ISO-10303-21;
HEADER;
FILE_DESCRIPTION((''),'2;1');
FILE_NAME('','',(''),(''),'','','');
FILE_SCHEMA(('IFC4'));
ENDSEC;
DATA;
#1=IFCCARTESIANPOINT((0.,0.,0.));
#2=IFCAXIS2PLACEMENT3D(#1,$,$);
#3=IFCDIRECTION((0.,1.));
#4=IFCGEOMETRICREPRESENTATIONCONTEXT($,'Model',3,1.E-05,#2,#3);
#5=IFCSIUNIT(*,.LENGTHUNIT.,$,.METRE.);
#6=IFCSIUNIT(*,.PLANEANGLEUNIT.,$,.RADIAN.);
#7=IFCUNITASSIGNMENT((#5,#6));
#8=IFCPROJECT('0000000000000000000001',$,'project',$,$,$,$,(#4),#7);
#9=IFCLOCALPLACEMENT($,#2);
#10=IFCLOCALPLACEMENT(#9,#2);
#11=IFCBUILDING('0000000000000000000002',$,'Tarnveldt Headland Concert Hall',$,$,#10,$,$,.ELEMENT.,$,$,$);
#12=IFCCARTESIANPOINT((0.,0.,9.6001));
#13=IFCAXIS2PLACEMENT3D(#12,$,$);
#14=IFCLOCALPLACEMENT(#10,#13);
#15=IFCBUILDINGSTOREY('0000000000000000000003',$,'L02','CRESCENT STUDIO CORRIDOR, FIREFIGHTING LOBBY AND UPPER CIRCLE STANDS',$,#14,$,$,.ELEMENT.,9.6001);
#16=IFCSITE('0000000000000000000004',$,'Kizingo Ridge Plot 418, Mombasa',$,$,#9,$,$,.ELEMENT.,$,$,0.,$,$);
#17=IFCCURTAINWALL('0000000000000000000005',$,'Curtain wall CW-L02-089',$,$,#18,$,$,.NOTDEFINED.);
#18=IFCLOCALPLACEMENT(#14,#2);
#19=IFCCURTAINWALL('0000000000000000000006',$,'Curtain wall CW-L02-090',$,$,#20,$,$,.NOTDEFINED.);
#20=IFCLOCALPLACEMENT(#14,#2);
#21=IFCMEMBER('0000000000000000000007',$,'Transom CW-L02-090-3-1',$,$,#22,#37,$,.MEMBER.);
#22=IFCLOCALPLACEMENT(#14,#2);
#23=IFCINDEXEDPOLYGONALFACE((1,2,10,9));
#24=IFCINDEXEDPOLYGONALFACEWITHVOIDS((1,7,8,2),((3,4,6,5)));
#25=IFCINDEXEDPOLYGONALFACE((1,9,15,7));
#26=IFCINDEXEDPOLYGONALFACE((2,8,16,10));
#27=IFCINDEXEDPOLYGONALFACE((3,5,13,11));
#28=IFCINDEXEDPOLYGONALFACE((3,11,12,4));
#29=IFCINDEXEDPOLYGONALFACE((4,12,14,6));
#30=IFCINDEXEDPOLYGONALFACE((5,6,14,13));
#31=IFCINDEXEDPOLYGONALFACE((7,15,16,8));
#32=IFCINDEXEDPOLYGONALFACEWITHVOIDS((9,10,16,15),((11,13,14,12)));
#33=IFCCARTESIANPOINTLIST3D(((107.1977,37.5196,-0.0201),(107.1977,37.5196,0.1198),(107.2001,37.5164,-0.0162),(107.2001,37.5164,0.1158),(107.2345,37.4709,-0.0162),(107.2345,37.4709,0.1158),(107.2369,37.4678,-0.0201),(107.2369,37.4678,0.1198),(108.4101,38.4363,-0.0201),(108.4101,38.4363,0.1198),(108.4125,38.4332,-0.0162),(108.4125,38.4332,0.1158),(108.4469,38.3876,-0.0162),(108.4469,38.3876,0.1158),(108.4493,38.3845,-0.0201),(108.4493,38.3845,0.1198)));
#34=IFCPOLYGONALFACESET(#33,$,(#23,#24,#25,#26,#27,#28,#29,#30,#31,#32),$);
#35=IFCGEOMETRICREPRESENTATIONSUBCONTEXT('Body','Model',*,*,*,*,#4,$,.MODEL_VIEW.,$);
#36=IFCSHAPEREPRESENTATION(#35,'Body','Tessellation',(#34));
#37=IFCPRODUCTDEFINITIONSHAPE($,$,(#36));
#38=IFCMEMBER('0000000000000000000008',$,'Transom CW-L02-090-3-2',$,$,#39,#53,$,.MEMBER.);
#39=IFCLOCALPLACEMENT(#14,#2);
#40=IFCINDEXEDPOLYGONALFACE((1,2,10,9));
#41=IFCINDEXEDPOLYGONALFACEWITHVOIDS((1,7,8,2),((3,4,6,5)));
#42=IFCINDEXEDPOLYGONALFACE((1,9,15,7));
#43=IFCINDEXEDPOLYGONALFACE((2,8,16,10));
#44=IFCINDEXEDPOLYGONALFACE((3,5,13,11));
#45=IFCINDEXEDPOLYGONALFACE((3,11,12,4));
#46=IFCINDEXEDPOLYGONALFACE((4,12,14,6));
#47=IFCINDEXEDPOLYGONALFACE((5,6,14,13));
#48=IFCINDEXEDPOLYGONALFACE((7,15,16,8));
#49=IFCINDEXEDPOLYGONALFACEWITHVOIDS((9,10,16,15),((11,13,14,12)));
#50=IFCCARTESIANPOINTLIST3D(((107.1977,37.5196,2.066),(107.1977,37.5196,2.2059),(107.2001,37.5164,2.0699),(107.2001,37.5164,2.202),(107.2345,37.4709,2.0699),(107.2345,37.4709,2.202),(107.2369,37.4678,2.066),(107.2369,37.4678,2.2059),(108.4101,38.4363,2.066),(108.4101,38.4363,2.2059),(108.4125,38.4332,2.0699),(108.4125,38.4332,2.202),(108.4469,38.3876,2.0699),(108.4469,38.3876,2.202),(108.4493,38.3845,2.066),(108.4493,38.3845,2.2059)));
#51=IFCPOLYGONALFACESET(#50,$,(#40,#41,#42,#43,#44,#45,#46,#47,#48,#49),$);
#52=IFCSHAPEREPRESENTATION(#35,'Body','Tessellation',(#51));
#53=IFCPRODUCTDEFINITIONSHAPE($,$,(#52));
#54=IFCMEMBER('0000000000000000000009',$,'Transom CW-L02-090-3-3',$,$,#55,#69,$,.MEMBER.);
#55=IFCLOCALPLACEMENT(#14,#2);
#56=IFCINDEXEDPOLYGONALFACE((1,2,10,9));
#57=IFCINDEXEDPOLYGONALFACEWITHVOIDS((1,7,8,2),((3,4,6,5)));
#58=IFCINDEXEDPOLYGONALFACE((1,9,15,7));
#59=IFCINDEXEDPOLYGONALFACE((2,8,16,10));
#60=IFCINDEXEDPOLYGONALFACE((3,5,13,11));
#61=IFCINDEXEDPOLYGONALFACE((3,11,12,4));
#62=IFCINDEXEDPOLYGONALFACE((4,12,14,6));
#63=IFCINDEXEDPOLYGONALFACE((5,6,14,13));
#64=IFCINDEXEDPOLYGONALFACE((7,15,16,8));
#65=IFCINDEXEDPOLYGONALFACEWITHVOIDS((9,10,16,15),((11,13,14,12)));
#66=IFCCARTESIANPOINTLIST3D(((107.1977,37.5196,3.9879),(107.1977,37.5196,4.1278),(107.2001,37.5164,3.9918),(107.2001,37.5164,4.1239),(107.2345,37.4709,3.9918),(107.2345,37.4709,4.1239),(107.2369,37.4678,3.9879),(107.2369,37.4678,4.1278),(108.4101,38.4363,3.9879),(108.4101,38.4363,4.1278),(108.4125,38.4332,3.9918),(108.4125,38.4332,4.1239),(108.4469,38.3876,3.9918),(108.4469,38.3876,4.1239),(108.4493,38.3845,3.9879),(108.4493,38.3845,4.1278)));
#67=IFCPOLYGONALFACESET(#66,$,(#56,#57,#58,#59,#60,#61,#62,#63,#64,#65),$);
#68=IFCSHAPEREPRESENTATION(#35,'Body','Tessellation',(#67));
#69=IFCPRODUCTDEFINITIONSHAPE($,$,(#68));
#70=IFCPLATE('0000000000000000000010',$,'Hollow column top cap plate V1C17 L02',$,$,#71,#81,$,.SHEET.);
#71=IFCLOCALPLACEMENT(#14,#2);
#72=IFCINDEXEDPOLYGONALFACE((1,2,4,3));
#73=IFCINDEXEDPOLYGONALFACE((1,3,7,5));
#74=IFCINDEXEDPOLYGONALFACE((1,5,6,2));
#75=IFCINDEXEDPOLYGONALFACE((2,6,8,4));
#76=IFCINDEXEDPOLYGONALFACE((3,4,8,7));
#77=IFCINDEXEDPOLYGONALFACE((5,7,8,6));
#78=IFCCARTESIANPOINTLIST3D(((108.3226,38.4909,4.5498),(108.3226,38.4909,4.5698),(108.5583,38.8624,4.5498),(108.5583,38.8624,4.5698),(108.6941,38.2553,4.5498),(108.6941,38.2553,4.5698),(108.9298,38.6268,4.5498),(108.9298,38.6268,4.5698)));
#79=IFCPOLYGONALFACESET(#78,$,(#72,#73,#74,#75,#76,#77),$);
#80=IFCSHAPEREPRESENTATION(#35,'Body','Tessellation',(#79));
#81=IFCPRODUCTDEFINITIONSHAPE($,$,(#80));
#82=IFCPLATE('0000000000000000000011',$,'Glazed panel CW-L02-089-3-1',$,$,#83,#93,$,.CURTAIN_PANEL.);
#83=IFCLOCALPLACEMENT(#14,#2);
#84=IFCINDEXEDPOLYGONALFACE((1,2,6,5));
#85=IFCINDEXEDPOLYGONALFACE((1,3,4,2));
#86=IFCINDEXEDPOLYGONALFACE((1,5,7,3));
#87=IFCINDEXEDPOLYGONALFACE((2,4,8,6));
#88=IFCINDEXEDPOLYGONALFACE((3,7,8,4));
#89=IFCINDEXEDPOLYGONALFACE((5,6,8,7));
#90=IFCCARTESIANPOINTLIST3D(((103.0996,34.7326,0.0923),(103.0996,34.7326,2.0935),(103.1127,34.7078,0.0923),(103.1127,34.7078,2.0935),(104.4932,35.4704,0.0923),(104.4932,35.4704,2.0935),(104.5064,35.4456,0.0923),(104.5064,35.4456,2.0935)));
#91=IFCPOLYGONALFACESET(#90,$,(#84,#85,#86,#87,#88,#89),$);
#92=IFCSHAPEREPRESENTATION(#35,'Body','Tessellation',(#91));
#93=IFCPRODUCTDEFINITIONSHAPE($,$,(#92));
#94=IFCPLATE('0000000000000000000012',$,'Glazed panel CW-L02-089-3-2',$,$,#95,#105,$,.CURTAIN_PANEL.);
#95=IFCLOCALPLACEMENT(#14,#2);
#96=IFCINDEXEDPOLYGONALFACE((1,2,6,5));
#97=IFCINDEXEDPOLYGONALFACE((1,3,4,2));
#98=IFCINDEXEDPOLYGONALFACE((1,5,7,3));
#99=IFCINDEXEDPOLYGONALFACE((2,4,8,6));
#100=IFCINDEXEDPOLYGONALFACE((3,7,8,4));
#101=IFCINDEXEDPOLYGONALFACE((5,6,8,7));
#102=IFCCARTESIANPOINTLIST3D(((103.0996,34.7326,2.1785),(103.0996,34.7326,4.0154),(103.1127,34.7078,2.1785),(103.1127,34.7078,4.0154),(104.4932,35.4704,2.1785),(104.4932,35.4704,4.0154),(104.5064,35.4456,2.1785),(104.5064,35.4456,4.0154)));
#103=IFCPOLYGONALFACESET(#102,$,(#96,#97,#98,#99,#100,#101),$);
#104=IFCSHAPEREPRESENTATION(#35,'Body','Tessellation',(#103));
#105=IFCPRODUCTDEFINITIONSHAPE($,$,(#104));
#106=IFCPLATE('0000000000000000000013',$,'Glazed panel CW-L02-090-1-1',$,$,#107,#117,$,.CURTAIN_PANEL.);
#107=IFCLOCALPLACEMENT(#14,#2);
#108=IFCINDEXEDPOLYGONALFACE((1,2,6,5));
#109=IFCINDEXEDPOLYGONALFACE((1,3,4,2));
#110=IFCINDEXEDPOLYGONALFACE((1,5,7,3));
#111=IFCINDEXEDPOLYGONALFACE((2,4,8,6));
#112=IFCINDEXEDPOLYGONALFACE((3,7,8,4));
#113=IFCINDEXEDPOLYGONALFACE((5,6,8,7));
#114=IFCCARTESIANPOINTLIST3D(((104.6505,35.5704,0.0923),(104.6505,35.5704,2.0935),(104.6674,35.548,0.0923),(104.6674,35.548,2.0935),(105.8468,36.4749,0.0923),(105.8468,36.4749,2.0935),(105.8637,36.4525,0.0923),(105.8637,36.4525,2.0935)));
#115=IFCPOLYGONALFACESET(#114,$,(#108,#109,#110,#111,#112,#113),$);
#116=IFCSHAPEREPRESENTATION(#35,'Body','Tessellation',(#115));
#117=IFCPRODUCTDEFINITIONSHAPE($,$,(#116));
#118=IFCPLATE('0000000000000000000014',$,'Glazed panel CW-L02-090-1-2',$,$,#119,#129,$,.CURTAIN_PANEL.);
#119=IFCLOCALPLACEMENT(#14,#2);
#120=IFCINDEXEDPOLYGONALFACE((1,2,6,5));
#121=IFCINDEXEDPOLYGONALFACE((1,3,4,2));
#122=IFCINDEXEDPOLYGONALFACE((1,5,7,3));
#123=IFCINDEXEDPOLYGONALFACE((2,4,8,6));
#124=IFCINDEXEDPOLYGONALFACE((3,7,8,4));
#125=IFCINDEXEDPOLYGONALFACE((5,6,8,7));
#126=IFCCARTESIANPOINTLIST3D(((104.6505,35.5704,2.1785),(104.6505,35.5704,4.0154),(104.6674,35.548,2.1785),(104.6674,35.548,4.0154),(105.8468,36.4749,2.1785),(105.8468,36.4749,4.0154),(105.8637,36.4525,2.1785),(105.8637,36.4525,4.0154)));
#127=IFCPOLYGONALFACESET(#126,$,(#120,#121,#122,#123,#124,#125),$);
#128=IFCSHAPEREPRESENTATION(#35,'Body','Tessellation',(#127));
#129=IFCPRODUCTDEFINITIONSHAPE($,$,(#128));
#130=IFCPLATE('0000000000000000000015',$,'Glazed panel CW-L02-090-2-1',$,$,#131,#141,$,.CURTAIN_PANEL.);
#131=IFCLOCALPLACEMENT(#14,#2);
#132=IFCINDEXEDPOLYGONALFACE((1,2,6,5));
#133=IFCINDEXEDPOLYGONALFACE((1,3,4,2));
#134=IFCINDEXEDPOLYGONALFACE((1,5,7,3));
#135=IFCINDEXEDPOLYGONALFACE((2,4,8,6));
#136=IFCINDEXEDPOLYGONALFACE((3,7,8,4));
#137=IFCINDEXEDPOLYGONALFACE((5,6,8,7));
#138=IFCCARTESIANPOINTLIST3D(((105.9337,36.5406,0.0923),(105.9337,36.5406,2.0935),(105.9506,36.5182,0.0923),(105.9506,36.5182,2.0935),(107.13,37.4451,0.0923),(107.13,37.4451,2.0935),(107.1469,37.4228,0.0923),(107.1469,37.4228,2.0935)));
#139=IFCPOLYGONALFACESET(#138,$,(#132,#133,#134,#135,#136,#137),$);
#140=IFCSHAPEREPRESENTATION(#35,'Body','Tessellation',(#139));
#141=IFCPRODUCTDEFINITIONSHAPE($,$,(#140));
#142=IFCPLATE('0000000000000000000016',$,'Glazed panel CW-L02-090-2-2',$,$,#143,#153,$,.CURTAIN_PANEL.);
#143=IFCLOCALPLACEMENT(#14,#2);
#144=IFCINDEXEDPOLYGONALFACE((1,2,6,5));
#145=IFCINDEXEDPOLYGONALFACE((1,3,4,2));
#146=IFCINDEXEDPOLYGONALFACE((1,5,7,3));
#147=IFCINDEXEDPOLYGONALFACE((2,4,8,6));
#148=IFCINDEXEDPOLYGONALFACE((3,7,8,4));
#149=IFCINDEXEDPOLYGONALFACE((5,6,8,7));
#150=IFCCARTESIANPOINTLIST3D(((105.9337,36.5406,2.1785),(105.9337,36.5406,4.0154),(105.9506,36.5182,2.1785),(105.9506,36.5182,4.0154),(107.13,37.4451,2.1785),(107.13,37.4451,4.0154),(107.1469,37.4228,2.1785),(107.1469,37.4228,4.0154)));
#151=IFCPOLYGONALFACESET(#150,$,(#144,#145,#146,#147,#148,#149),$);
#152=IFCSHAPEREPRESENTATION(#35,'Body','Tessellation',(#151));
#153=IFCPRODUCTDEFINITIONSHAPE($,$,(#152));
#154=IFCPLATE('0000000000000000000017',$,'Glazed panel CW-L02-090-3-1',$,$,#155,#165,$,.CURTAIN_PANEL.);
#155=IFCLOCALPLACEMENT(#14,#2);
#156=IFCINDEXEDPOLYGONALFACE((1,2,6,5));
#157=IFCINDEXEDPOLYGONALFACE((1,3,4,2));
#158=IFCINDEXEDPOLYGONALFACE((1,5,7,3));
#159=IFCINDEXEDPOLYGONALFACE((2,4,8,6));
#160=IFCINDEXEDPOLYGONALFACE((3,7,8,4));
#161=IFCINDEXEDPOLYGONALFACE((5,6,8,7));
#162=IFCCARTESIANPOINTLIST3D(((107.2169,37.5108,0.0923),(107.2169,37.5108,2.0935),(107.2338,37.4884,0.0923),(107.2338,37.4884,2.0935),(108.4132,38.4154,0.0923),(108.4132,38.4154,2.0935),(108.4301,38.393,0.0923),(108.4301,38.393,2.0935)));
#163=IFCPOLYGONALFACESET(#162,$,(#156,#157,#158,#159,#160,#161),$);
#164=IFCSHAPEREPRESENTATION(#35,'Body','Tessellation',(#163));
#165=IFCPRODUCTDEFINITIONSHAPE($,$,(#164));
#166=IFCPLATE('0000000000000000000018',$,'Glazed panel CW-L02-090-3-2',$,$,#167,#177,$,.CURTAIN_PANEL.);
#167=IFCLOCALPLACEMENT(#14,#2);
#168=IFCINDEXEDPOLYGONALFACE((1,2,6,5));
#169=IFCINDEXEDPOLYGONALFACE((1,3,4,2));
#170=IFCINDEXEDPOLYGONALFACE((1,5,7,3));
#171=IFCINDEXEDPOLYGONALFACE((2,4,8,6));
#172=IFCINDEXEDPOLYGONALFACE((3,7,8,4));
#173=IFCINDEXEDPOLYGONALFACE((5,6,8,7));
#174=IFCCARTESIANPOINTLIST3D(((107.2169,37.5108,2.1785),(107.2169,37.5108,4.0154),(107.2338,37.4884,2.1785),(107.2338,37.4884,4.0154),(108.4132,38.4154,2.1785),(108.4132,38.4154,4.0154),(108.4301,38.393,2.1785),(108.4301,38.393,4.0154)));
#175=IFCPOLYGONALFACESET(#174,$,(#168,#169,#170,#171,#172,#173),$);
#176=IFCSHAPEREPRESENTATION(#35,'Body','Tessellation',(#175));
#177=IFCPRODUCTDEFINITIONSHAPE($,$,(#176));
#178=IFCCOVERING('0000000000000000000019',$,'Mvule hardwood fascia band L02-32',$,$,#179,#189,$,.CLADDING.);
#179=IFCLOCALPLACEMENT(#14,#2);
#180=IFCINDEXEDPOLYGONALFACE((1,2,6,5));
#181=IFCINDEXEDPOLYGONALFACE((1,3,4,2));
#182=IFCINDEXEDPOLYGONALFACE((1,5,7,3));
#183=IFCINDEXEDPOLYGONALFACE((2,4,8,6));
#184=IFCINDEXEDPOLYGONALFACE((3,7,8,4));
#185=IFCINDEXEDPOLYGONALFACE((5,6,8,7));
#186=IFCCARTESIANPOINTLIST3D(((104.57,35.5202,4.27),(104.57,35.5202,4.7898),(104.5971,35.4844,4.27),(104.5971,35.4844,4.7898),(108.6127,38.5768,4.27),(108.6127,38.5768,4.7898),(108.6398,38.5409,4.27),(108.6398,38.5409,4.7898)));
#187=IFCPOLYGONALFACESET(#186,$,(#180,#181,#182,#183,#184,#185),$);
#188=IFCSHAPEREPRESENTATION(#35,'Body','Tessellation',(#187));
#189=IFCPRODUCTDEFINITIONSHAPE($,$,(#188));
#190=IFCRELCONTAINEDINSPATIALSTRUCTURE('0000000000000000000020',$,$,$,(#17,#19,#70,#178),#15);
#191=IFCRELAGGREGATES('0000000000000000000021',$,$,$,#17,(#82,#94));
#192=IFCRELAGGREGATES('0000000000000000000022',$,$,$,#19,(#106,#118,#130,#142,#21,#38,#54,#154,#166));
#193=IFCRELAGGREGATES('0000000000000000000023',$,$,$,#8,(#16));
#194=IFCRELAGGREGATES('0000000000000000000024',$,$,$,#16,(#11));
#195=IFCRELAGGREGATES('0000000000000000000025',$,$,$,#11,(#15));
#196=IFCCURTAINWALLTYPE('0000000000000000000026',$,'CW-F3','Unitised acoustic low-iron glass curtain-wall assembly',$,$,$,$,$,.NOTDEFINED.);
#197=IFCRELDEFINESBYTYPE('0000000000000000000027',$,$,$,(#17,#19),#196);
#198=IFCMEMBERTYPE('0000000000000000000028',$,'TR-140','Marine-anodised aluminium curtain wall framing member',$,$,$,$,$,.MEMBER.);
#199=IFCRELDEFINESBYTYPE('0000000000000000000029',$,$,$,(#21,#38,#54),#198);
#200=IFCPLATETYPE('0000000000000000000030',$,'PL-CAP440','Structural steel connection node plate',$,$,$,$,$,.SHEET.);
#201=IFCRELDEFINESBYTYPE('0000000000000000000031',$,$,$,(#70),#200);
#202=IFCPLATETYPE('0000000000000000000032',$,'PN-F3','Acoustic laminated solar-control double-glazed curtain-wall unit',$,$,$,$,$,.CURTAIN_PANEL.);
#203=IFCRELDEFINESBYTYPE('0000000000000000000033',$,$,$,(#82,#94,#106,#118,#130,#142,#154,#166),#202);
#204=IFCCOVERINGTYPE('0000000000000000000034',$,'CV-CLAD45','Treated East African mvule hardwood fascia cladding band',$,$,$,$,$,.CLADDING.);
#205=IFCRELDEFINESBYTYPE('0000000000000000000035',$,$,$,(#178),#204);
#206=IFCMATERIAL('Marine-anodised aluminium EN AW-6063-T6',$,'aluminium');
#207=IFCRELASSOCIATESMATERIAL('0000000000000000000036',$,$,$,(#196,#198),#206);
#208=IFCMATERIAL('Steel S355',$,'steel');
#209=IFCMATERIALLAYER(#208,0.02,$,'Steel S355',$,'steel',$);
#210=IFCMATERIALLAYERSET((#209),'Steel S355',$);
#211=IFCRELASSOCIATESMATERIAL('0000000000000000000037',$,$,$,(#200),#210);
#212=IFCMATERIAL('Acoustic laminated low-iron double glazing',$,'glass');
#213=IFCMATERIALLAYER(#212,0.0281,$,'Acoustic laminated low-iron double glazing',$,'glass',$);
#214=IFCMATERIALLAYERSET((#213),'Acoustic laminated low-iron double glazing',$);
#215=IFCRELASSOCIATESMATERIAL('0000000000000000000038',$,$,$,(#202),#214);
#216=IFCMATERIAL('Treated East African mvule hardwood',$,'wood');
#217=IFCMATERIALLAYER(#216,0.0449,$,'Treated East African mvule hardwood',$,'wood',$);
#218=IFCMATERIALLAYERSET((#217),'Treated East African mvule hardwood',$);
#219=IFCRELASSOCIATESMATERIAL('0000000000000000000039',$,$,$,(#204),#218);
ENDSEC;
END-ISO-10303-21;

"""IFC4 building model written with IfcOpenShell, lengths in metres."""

from ifc_helpers import new_model, si_unit, direction, frame, frame_2d, origin, origin_2d, place, context, subcontext, project, spatial, rectangle, hollow_rectangle, extrude, material, layer, layer_set, material_profile, profile_set, type_object, element, aggregate, save


model = new_model("IFC4")

# Units and contexts
model_context = context("Model", 3, precision=1e-05, world=origin(), true_north=direction((0.0, 1.0)))
body_context = subcontext(model_context, "Body", "Model", "MODEL_VIEW")
ifc_project = project(units=[si_unit("LENGTHUNIT", "METRE"), si_unit("PLANEANGLEUNIT", "RADIAN")], contexts=[model_context])

# Site, building, storey
site_placement = place(None, origin())
site = spatial("IfcSite", under=ifc_project, at=site_placement, Name="Kizingo Ridge Plot 418, Mombasa", CompositionType="ELEMENT", RefElevation=0.0)
building_placement = place(site_placement, origin())
building = spatial("IfcBuilding", under=site, at=building_placement, Name="Tarnveldt Headland Concert Hall", CompositionType="ELEMENT")
storey_placement = place(building_placement, frame((0.0, 0.0, 9.6001)))
storey = spatial("IfcBuildingStorey", under=building, at=storey_placement, Name="L02", Description="CRESCENT STUDIO CORRIDOR, FIREFIGHTING LOBBY AND UPPER CIRCLE STANDS", CompositionType="ELEMENT", Elevation=9.6001)

# Shared definitions
ifc_material_1 = material(Name="Steel S355", Category="steel")

# Curtain wall
ifc_material_2 = material(Name="Marine-anodised aluminium EN AW-6063-T6", Category="aluminium")
curtain_wall_type = type_object("IfcCurtainWallType", Name="CW-F3", Description="Unitised acoustic low-iron glass curtain-wall assembly", PredefinedType="NOTDEFINED", material=ifc_material_2)
curtain_wall_1_placement = place(storey_placement, origin())
curtain_wall_1 = element("IfcCurtainWall", 1, at=curtain_wall_1_placement, inside=storey, type_object=curtain_wall_type, Name="Curtain wall CW-L02-089", PredefinedType="NOTDEFINED")

# Curtain wall
curtain_wall_2_placement = place(storey_placement, origin())
curtain_wall_2 = element("IfcCurtainWall", 2, at=curtain_wall_2_placement, inside=storey, type_object=curtain_wall_type, Name="Curtain wall CW-L02-090", PredefinedType="NOTDEFINED")

# Members
ifc_material_profile_1 = material_profile(ifc_material_2, hollow_rectangle(XDim=0.0649, YDim=0.1399, WallThickness=0.0039, at=origin_2d()), Name="ALU TRANSOM 65x140x4", Category="aluminium")
ifc_profile_set_1 = profile_set([ifc_material_profile_1], Name="Marine-anodised aluminium EN AW-6063-T6")
member_type_1 = type_object("IfcMemberType", Name="TR-140", Description="Marine-anodised aluminium curtain wall framing member", PredefinedType="MEMBER", material=ifc_profile_set_1)
member_1_placement = place(storey_placement, frame((107.2173, 37.4937, 0.0498), z_axis=(0.797642, 0.603131, 0.0), x_axis=(-0.603131, 0.797642, 0.0)))
member_1 = element("IfcMember", 3, at=member_1_placement, type_object=member_type_1, Name="Transom CW-L02-090-3-1", PredefinedType="MEMBER", context=body_context, shape_type="SweptSolid", body=[
    extrude(hollow_rectangle(XDim=0.0649, YDim=0.1399, WallThickness=0.0039, at=origin_2d()), origin(), (0.0, 0.0, 1.0), 1.52),
])
member_2_placement = place(storey_placement, frame((107.2173, 37.4937, 2.136), z_axis=(0.797642, 0.603131, 0.0), x_axis=(-0.603131, 0.797642, 0.0)))
member_2 = element("IfcMember", 4, at=member_2_placement, type_object=member_type_1, Name="Transom CW-L02-090-3-2", PredefinedType="MEMBER", context=body_context, shape_type="SweptSolid", body=[
    extrude(hollow_rectangle(XDim=0.0649, YDim=0.1399, WallThickness=0.0039, at=origin_2d()), origin(), (0.0, 0.0, 1.0), 1.52),
])
member_3_placement = place(storey_placement, frame((107.2173, 37.4937, 4.0579), z_axis=(0.797642, 0.603131, 0.0), x_axis=(-0.603131, 0.797642, 0.0)))
member_3 = element("IfcMember", 5, at=member_3_placement, type_object=member_type_1, Name="Transom CW-L02-090-3-3", PredefinedType="MEMBER", context=body_context, shape_type="SweptSolid", body=[
    extrude(hollow_rectangle(XDim=0.0649, YDim=0.1399, WallThickness=0.0039, at=origin_2d()), origin(), (0.0, 0.0, 1.0), 1.52),
])

# Plates
ifc_layer_1 = layer(ifc_material_1, 0.02, Name="Steel S355", Category="steel")
ifc_layer_set_1 = layer_set([ifc_layer_1], Name="Steel S355")
plate_type_1 = type_object("IfcPlateType", Name="PL-CAP440", Description="Structural steel connection node plate", PredefinedType="SHEET", material=ifc_layer_set_1)
plate_1_placement = place(storey_placement, frame((108.6262, 38.5588, 4.5498), z_axis=(0.0, 0.0, 1.0), x_axis=(0.844421, -0.535679, 0.0)))
element("IfcPlate", 6, at=plate_1_placement, inside=storey, type_object=plate_type_1, Name="Hollow column top cap plate V1C17 L02", PredefinedType="SHEET", context=body_context, shape_type="SweptSolid", body=[
    extrude(rectangle(XDim=0.4399, YDim=0.4399, at=origin_2d()), origin(), (0.0, 0.0, 1.0), 0.02),
])
ifc_material_3 = material(Name="Acoustic laminated low-iron double glazing", Category="glass")
ifc_layer_2 = layer(ifc_material_3, 0.0281, Name="Acoustic laminated low-iron double glazing", Category="glass")
ifc_layer_set_2 = layer_set([ifc_layer_2], Name="Acoustic laminated low-iron double glazing")
plate_type_2 = type_object("IfcPlateType", Name="PN-F3", Description="Acoustic laminated solar-control double-glazed curtain-wall unit", PredefinedType="CURTAIN_PANEL", material=ifc_layer_set_2)
plate_2_placement = place(storey_placement, frame((103.803, 35.0891, 0.0923), z_axis=(0.0, 0.0, 1.0), x_axis=(0.883782, 0.467899, 0.0)))
plate_2 = element("IfcPlate", 7, at=plate_2_placement, type_object=plate_type_2, Name="Glazed panel CW-L02-089-3-1", PredefinedType="CURTAIN_PANEL", context=body_context, shape_type="SweptSolid", body=[
    extrude(rectangle(XDim=1.5769, YDim=0.0281, at=origin_2d()), origin(), (0.0, 0.0, 1.0), 2.0012),
])
plate_3_placement = place(storey_placement, frame((103.803, 35.0891, 2.1785), z_axis=(0.0, 0.0, 1.0), x_axis=(0.883782, 0.467899, 0.0)))
plate_3 = element("IfcPlate", 8, at=plate_3_placement, type_object=plate_type_2, Name="Glazed panel CW-L02-089-3-2", PredefinedType="CURTAIN_PANEL", context=body_context, shape_type="SweptSolid", body=[
    extrude(rectangle(XDim=1.5769, YDim=0.0281, at=origin_2d()), origin(), (0.0, 0.0, 1.0), 1.8369),
])
aggregate(curtain_wall_1, [plate_2, plate_3])
plate_4_placement = place(storey_placement, frame((105.2571, 36.0115, 0.0923), z_axis=(0.0, 0.0, 1.0), x_axis=(0.797658, 0.603111, 0.0)))
plate_4 = element("IfcPlate", 9, at=plate_4_placement, type_object=plate_type_2, Name="Glazed panel CW-L02-090-1-1", PredefinedType="CURTAIN_PANEL", context=body_context, shape_type="SweptSolid", body=[
    extrude(rectangle(XDim=1.4998, YDim=0.0281, at=origin_2d()), origin(), (0.0, 0.0, 1.0), 2.0012),
])
plate_5_placement = place(storey_placement, frame((105.2571, 36.0115, 2.1785), z_axis=(0.0, 0.0, 1.0), x_axis=(0.797658, 0.603111, 0.0)))
plate_5 = element("IfcPlate", 10, at=plate_5_placement, type_object=plate_type_2, Name="Glazed panel CW-L02-090-1-2", PredefinedType="CURTAIN_PANEL", context=body_context, shape_type="SweptSolid", body=[
    extrude(rectangle(XDim=1.4998, YDim=0.0281, at=origin_2d()), origin(), (0.0, 0.0, 1.0), 1.8369),
])
plate_6_placement = place(storey_placement, frame((106.5403, 36.9817, 0.0923), z_axis=(0.0, 0.0, 1.0), x_axis=(0.797658, 0.603111, 0.0)))
plate_6 = element("IfcPlate", 11, at=plate_6_placement, type_object=plate_type_2, Name="Glazed panel CW-L02-090-2-1", PredefinedType="CURTAIN_PANEL", context=body_context, shape_type="SweptSolid", body=[
    extrude(rectangle(XDim=1.4998, YDim=0.0281, at=origin_2d()), origin(), (0.0, 0.0, 1.0), 2.0012),
])
plate_7_placement = place(storey_placement, frame((106.5403, 36.9817, 2.1785), z_axis=(0.0, 0.0, 1.0), x_axis=(0.797658, 0.603111, 0.0)))
plate_7 = element("IfcPlate", 12, at=plate_7_placement, type_object=plate_type_2, Name="Glazed panel CW-L02-090-2-2", PredefinedType="CURTAIN_PANEL", context=body_context, shape_type="SweptSolid", body=[
    extrude(rectangle(XDim=1.4998, YDim=0.0281, at=origin_2d()), origin(), (0.0, 0.0, 1.0), 1.8369),
])
plate_8_placement = place(storey_placement, frame((107.8235, 37.9519, 0.0923), z_axis=(0.0, 0.0, 1.0), x_axis=(0.797658, 0.603111, 0.0)))
plate_8 = element("IfcPlate", 13, at=plate_8_placement, type_object=plate_type_2, Name="Glazed panel CW-L02-090-3-1", PredefinedType="CURTAIN_PANEL", context=body_context, shape_type="SweptSolid", body=[
    extrude(rectangle(XDim=1.4998, YDim=0.0281, at=origin_2d()), origin(), (0.0, 0.0, 1.0), 2.0012),
])
plate_9_placement = place(storey_placement, frame((107.8235, 37.9519, 2.1785), z_axis=(0.0, 0.0, 1.0), x_axis=(0.797658, 0.603111, 0.0)))
plate_9 = element("IfcPlate", 14, at=plate_9_placement, type_object=plate_type_2, Name="Glazed panel CW-L02-090-3-2", PredefinedType="CURTAIN_PANEL", context=body_context, shape_type="SweptSolid", body=[
    extrude(rectangle(XDim=1.4998, YDim=0.0281, at=origin_2d()), origin(), (0.0, 0.0, 1.0), 1.8369),
])
aggregate(curtain_wall_2, [plate_4, plate_5, plate_6, plate_7, member_1, member_2, member_3, plate_8, plate_9])

# Covering
ifc_material_4 = material(Name="Treated East African mvule hardwood", Category="wood")
ifc_layer_3 = layer(ifc_material_4, 0.0449, Name="Treated East African mvule hardwood", Category="wood")
ifc_layer_set_3 = layer_set([ifc_layer_3], Name="Treated East African mvule hardwood")
covering_type = type_object("IfcCoveringType", Name="CV-CLAD45", Description="Treated East African mvule hardwood fascia cladding band", PredefinedType="CLADDING", material=ifc_layer_set_3)
covering_1_placement = place(storey_placement, frame((104.5835, 35.5022, 4.27), z_axis=(0.0, 0.0, 1.0), x_axis=(0.797664, 0.603102, 0.0)))
element("IfcCovering", 15, at=covering_1_placement, inside=storey, type_object=covering_type, Name="Mvule hardwood fascia band L02-32", PredefinedType="CLADDING", context=body_context, shape_type="SweptSolid", body=[
    extrude(rectangle(XDim=5.0681, YDim=0.0449, at=frame_2d((2.5342, 0.0))), origin(), (0.0, 0.0, 1.0), 0.5198),
])

save(model, "model.ifc")
